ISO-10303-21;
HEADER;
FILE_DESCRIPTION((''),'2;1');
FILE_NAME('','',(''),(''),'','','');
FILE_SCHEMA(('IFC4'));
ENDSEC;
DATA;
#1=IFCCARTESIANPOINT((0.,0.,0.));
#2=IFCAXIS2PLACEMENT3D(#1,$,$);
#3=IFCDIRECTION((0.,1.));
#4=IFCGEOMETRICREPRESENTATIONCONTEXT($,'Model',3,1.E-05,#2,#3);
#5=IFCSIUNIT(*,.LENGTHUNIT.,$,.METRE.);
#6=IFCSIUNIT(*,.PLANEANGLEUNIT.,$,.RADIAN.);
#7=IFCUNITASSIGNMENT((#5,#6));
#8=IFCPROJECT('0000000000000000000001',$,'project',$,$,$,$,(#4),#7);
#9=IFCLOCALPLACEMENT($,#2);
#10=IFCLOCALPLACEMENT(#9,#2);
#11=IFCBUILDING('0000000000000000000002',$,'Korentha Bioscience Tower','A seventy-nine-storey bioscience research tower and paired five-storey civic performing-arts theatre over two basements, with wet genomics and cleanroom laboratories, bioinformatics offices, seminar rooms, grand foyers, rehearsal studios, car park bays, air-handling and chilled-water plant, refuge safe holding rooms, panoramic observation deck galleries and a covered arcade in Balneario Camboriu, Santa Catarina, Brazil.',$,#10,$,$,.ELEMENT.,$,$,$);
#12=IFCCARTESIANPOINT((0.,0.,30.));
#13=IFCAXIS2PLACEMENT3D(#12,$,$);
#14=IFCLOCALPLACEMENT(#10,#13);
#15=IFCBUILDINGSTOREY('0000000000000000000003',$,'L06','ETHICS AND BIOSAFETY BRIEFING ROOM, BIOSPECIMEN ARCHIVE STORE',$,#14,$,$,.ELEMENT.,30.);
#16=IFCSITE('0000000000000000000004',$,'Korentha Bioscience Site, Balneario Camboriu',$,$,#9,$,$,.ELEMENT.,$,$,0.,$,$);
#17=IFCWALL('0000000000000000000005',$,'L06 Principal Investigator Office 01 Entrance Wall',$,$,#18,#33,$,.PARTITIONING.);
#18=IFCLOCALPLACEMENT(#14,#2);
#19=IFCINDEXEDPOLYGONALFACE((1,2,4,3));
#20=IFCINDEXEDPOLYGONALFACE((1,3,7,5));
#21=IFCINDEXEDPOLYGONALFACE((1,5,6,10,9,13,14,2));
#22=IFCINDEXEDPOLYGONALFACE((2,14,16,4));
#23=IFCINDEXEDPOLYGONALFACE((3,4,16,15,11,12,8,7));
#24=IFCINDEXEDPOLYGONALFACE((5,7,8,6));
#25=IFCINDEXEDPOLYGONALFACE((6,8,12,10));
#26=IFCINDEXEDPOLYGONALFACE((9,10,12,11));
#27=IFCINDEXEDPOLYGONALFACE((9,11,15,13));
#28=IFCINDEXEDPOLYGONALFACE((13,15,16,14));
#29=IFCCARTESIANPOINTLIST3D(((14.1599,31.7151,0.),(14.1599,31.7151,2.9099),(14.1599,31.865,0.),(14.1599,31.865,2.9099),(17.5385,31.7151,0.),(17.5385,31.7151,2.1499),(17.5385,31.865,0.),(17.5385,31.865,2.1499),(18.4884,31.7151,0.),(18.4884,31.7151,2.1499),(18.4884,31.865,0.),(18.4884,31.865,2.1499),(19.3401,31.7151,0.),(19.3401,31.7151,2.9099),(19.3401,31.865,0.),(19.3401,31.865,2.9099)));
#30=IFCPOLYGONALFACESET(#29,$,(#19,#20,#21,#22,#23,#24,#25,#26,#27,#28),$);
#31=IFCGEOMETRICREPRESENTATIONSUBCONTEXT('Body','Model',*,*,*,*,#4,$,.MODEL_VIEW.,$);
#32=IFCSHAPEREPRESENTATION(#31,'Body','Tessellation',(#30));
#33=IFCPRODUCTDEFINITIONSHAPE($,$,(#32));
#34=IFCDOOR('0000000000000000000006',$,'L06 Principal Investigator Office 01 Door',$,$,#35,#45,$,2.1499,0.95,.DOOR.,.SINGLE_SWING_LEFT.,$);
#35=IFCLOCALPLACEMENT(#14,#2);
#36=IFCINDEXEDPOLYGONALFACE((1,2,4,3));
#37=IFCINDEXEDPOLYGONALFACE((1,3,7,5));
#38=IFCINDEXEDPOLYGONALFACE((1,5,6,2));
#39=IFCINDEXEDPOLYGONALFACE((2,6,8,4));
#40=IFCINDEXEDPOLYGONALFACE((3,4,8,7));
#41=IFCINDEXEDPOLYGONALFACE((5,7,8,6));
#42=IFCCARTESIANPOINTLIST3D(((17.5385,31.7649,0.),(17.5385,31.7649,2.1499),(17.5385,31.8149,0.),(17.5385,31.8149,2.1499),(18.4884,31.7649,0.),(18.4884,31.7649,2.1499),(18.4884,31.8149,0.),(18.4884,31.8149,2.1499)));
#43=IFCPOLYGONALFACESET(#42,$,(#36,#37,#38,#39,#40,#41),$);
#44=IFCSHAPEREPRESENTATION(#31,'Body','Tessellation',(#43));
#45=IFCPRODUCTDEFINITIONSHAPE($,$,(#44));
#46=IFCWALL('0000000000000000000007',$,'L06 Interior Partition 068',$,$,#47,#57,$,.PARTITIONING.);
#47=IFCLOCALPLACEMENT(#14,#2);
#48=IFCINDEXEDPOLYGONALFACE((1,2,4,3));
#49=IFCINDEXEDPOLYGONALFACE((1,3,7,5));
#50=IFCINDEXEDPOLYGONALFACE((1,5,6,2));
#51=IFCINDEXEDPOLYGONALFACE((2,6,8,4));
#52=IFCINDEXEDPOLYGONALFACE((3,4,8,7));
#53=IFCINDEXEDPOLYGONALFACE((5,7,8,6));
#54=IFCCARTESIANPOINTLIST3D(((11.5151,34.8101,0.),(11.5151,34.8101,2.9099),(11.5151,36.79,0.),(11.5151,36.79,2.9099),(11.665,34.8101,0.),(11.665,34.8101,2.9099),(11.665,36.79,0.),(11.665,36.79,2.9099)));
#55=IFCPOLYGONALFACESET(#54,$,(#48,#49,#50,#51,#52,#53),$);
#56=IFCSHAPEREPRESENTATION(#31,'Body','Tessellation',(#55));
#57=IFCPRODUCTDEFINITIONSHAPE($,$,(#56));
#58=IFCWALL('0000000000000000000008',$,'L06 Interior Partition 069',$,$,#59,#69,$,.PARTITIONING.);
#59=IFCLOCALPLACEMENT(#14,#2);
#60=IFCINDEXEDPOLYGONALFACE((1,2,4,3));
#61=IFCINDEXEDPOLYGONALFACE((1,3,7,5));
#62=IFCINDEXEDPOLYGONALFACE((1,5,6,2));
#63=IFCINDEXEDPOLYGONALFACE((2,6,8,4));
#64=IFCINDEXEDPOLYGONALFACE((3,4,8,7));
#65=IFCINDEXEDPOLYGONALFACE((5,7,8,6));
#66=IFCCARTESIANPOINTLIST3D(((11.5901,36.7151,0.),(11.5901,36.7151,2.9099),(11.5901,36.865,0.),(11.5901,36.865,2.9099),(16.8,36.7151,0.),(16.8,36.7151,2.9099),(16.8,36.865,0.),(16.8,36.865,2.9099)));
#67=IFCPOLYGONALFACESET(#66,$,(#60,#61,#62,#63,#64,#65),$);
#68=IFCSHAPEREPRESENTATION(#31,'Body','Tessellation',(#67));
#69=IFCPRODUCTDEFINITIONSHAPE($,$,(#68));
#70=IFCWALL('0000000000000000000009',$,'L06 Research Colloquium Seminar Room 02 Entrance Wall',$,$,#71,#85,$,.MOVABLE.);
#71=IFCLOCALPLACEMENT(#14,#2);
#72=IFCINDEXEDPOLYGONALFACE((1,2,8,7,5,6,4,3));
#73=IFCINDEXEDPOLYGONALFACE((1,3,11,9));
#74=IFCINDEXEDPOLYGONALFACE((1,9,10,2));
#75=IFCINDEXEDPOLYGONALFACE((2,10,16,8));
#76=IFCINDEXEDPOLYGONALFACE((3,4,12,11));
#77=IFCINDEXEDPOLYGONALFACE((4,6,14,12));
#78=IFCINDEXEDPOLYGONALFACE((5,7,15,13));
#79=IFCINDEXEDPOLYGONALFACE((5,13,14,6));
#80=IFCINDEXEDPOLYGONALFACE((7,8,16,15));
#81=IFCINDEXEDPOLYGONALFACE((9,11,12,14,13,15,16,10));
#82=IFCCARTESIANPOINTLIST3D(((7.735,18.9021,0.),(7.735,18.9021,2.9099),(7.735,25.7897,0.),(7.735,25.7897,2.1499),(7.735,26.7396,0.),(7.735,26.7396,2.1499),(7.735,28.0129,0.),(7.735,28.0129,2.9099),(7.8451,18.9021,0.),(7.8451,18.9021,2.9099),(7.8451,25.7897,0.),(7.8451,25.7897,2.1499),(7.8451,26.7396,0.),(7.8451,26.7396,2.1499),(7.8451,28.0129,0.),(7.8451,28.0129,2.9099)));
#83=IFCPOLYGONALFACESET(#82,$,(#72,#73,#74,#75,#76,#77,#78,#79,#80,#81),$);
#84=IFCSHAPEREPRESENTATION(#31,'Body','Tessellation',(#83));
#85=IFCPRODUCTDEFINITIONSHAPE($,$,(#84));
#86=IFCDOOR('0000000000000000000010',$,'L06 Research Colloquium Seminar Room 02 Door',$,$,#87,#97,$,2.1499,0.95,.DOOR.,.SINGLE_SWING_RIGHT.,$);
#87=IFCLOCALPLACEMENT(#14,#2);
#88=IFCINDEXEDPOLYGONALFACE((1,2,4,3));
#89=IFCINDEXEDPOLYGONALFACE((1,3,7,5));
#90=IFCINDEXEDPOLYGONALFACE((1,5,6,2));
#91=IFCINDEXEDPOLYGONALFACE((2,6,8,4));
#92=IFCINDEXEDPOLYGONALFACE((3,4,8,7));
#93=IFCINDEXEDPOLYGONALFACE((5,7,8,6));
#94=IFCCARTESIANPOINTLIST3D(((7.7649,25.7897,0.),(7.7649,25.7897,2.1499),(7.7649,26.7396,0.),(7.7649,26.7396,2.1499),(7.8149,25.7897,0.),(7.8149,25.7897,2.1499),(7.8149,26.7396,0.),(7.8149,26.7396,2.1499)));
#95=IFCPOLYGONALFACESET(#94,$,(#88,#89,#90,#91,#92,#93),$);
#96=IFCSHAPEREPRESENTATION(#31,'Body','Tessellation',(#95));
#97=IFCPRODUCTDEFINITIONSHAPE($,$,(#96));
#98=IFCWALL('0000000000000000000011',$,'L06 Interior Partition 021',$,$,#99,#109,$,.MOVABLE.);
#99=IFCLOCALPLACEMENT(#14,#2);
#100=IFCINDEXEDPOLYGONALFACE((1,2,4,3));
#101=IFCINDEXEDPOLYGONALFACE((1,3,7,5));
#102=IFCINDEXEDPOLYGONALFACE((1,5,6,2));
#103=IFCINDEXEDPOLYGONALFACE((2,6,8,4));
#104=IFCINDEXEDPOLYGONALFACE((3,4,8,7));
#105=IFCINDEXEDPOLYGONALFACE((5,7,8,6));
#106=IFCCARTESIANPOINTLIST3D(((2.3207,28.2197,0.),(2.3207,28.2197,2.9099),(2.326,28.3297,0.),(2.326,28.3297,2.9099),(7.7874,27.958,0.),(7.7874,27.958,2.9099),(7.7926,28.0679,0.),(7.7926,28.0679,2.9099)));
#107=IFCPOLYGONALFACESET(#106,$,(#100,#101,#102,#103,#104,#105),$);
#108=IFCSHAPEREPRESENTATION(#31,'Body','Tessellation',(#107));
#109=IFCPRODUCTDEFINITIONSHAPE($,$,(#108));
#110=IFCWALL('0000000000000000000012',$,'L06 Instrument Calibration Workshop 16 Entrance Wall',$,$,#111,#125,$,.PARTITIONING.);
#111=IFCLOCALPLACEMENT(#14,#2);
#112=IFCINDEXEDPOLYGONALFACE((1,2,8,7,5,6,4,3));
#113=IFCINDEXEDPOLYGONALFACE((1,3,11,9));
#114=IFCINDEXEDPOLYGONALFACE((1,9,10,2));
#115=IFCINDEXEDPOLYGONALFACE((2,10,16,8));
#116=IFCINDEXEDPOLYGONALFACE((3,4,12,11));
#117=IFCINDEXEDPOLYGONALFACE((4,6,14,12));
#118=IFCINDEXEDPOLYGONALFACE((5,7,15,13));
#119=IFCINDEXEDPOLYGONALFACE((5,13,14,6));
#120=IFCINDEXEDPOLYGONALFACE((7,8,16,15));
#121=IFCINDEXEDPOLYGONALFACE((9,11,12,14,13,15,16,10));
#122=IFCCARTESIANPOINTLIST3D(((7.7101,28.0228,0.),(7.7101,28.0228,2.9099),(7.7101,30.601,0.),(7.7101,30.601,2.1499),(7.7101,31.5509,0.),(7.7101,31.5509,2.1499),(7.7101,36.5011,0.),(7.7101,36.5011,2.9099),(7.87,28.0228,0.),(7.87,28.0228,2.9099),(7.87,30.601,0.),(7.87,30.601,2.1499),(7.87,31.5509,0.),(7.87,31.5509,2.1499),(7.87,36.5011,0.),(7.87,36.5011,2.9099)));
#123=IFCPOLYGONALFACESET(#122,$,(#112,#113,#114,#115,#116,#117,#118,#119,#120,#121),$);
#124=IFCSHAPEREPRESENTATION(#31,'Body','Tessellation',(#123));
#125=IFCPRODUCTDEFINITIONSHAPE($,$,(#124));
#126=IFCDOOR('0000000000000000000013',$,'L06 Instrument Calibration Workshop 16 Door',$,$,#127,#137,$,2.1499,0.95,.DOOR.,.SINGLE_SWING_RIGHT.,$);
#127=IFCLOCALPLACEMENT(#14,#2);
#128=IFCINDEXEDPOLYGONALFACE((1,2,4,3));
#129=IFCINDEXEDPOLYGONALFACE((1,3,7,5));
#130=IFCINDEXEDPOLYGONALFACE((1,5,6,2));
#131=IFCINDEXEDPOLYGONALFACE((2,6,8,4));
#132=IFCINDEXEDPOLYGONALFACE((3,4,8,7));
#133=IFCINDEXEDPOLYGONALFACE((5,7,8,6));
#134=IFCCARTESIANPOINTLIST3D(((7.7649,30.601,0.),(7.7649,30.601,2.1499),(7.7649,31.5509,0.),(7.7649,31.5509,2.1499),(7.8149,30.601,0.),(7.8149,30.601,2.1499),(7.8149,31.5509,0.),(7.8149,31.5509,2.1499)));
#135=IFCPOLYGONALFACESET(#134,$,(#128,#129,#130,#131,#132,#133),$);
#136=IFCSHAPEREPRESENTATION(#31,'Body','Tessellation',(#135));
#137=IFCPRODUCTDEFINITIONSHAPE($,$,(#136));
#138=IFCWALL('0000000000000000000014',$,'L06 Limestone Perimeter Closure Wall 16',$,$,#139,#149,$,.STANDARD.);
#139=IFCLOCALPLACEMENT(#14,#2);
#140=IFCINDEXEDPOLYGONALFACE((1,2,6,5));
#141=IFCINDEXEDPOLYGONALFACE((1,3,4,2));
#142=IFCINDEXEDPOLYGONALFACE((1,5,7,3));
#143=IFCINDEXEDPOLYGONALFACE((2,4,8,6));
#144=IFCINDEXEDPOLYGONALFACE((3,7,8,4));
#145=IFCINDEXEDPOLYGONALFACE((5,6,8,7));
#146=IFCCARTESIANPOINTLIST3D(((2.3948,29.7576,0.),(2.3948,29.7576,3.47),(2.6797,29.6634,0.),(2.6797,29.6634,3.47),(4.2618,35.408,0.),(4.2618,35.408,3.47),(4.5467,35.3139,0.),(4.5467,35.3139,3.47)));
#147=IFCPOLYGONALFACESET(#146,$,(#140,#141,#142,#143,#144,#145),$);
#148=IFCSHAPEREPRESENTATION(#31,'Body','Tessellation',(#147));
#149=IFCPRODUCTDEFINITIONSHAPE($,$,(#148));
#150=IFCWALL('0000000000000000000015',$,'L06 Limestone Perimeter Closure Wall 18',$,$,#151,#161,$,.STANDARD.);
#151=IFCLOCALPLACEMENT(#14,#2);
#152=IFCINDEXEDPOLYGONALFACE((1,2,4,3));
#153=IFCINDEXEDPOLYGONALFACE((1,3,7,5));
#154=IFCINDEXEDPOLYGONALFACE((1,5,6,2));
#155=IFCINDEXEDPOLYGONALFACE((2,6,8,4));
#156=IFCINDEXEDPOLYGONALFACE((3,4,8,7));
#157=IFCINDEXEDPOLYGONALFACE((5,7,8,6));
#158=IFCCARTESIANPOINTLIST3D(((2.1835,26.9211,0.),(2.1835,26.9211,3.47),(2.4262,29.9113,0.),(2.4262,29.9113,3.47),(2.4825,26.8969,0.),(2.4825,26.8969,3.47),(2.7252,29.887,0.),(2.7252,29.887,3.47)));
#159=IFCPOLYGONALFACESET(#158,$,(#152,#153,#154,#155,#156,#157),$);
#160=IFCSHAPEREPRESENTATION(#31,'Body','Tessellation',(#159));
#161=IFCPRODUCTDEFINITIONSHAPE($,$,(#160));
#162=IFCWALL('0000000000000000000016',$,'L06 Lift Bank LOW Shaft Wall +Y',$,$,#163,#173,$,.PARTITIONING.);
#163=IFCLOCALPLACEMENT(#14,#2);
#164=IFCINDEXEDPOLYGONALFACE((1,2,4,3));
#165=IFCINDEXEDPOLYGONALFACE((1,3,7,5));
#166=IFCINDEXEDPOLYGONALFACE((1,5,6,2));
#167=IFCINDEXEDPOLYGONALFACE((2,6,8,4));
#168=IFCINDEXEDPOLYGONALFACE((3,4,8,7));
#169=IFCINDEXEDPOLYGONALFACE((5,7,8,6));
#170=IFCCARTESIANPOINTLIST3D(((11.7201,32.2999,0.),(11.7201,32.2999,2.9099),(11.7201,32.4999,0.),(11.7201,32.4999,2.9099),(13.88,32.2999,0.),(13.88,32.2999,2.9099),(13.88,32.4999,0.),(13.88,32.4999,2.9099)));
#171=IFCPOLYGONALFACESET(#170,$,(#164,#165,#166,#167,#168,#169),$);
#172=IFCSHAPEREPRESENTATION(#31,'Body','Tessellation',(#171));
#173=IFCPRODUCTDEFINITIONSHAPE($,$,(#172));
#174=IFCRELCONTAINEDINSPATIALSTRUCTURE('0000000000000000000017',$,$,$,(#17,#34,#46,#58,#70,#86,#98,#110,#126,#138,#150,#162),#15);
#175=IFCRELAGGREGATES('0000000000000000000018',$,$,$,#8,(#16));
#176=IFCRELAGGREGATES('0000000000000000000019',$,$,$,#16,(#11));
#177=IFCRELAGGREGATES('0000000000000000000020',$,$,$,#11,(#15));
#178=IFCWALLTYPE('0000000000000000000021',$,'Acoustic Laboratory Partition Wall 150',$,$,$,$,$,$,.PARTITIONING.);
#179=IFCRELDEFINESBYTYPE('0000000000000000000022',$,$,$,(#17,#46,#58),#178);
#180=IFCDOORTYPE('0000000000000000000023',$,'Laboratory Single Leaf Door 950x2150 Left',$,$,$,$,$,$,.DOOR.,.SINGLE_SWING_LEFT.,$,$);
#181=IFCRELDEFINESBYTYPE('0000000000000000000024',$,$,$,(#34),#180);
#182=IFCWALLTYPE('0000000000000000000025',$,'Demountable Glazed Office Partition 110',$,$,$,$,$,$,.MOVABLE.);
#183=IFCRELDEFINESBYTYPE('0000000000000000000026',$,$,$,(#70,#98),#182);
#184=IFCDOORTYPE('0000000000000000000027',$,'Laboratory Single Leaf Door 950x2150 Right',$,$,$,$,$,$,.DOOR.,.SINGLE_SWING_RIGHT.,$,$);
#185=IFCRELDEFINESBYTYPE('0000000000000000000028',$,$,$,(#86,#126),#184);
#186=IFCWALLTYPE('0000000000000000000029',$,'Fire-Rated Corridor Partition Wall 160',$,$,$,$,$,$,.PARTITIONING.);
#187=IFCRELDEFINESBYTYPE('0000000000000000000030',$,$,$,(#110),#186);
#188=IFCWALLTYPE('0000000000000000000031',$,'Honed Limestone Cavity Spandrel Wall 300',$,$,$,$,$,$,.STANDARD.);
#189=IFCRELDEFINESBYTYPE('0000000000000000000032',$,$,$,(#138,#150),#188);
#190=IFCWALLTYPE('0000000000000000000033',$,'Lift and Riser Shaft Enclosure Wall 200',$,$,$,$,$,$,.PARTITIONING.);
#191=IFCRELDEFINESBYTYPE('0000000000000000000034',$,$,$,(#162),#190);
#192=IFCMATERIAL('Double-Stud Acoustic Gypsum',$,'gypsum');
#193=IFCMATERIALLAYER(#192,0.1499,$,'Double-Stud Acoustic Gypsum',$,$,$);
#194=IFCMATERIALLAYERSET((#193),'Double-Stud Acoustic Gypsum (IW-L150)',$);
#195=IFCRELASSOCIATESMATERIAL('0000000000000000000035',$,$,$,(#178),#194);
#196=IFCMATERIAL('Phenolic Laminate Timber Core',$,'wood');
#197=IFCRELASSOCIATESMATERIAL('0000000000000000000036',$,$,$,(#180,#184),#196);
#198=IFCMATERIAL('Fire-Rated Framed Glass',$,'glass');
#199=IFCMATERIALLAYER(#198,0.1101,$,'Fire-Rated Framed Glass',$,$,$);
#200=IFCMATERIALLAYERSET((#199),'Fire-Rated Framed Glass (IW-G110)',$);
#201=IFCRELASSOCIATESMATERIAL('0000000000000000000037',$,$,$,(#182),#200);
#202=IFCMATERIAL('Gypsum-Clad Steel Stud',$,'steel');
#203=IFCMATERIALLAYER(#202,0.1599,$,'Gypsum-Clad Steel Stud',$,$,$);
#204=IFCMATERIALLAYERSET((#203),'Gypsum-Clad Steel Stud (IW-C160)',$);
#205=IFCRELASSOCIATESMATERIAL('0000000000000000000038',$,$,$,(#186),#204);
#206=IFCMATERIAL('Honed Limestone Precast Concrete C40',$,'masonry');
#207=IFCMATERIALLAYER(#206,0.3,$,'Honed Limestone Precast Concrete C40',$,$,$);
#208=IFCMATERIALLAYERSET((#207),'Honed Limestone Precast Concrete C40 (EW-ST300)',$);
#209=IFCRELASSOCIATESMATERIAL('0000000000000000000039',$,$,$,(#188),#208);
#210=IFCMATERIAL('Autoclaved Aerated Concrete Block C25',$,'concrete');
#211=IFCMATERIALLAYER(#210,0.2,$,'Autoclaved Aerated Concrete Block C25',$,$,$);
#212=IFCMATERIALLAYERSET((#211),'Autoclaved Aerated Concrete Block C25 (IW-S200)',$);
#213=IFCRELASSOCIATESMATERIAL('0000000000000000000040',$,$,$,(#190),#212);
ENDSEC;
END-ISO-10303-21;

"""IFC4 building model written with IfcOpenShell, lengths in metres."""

from ifc_helpers import new_model, si_unit, direction, frame, frame_2d, origin, place, context, subcontext, project, spatial, rectangle, extrude, material, layer, layer_set, type_object, element, fill, save


model = new_model("IFC4")

# Units and contexts
model_context = context("Model", 3, precision=1e-05, world=origin(), true_north=direction((0.0, 1.0)))
body_context = subcontext(model_context, "Body", "Model", "MODEL_VIEW")
ifc_project = project(units=[si_unit("LENGTHUNIT", "METRE"), si_unit("PLANEANGLEUNIT", "RADIAN")], contexts=[model_context])

# Site, building, storey
site_placement = place(None, origin())
site = spatial("IfcSite", under=ifc_project, at=site_placement, Name="Korentha Bioscience Site, Balneario Camboriu", CompositionType="ELEMENT", RefElevation=0.0)
building_placement = place(site_placement, origin())
building = spatial("IfcBuilding", under=site, at=building_placement, Name="Korentha Bioscience Tower", Description="A seventy-nine-storey bioscience research tower and paired five-storey civic performing-arts theatre over two basements, with wet genomics and cleanroom laboratories, bioinformatics offices, seminar rooms, grand foyers, rehearsal studios, car park bays, air-handling and chilled-water plant, refuge safe holding rooms, panoramic observation deck galleries and a covered arcade in Balneario Camboriu, Santa Catarina, Brazil.", CompositionType="ELEMENT")
storey_placement = place(building_placement, frame((0.0, 0.0, 30.0)))
storey = spatial("IfcBuildingStorey", under=building, at=storey_placement, Name="L06", Description="ETHICS AND BIOSAFETY BRIEFING ROOM, BIOSPECIMEN ARCHIVE STORE", CompositionType="ELEMENT", Elevation=30.0)

# Wall, opening, door
ifc_material_1 = material(Name="Double-Stud Acoustic Gypsum", Category="gypsum")
ifc_layer_1 = layer(ifc_material_1, 0.1499, Name="Double-Stud Acoustic Gypsum")
ifc_layer_set_1 = layer_set([ifc_layer_1], Name="Double-Stud Acoustic Gypsum (IW-L150)")
wall_type_1 = type_object("IfcWallType", Name="Acoustic Laboratory Partition Wall 150", PredefinedType="PARTITIONING", material=ifc_layer_set_1)
wall_1_placement = place(storey_placement, frame((14.1599, 31.79, 0.0), z_axis=(0.0, 0.0, 1.0), x_axis=(1.0, 0.0, 0.0)))
wall_1 = element("IfcWall", 1, at=wall_1_placement, inside=storey, type_object=wall_type_1, Name="L06 Principal Investigator Office 01 Entrance Wall", PredefinedType="PARTITIONING", context=body_context, shape_type="SweptSolid", body=[
    extrude(rectangle(XDim=5.1802, YDim=0.1499, at=frame_2d((2.5901, 0.0))), origin(), (0.0, 0.0, 1.0), 2.9099),
])
opening_1_placement = place(wall_1_placement, frame((3.3784, 0.0, 0.0)))
opening_1 = element("IfcOpeningElement", 2, at=opening_1_placement, cuts=wall_1, PredefinedType="OPENING", context=body_context, shape_type="SweptSolid", body=[
    extrude(rectangle(XDim=0.95, YDim=2.1499, at=frame_2d((0.4751, 1.075))), frame((0.0, 0.0898, 0.0), z_axis=(0.0, -1.0, 0.0), x_axis=(1.0, 0.0, 0.0)), (0.0, 0.0, 1.0), 0.1797),
])
ifc_material_2 = material(Name="Phenolic Laminate Timber Core", Category="wood")
door_type_1 = type_object("IfcDoorType", Name="Laboratory Single Leaf Door 950x2150 Left", OperationType="SINGLE_SWING_LEFT", PredefinedType="DOOR", material=ifc_material_2)
door_1_placement = place(opening_1_placement, origin())
door_1 = element("IfcDoor", 3, at=door_1_placement, inside=storey, type_object=door_type_1, Name="L06 Principal Investigator Office 01 Door", OperationType="SINGLE_SWING_LEFT", OverallHeight=2.1499, OverallWidth=0.95, PredefinedType="DOOR", context=body_context, shape_type="SweptSolid", body=[
    extrude(rectangle(XDim=0.95, YDim=2.1499, at=frame_2d((0.4751, 1.075))), frame((0.0, 0.0249, 0.0), z_axis=(0.0, -1.0, 0.0), x_axis=(1.0, 0.0, 0.0)), (0.0, 0.0, 1.0), 0.05),
])
fill(opening_1, door_1)

# Walls
wall_2_placement = place(storey_placement, frame((11.5901, 34.8101, 0.0), z_axis=(0.0, 0.0, 1.0), x_axis=(0.0, 1.0, 0.0)))
element("IfcWall", 4, at=wall_2_placement, inside=storey, type_object=wall_type_1, Name="L06 Interior Partition 068", PredefinedType="PARTITIONING", context=body_context, shape_type="SweptSolid", body=[
    extrude(rectangle(XDim=1.98, YDim=0.1499, at=frame_2d((0.99, 0.0))), origin(), (0.0, 0.0, 1.0), 2.9099),
])
wall_3_placement = place(storey_placement, frame((11.5901, 36.79, 0.0), z_axis=(0.0, 0.0, 1.0), x_axis=(1.0, 0.0, 0.0)))
element("IfcWall", 5, at=wall_3_placement, inside=storey, type_object=wall_type_1, Name="L06 Interior Partition 069", PredefinedType="PARTITIONING", context=body_context, shape_type="SweptSolid", body=[
    extrude(rectangle(XDim=5.21, YDim=0.1499, at=frame_2d((2.605, 0.0))), origin(), (0.0, 0.0, 1.0), 2.9099),
])

# Wall, opening, door
ifc_material_3 = material(Name="Fire-Rated Framed Glass", Category="glass")
ifc_layer_2 = layer(ifc_material_3, 0.1101, Name="Fire-Rated Framed Glass")
ifc_layer_set_2 = layer_set([ifc_layer_2], Name="Fire-Rated Framed Glass (IW-G110)")
wall_type_2 = type_object("IfcWallType", Name="Demountable Glazed Office Partition 110", PredefinedType="MOVABLE", material=ifc_layer_set_2)
wall_4_placement = place(storey_placement, frame((7.79, 28.0129, 0.0), z_axis=(0.0, 0.0, 1.0), x_axis=(0.0, -1.0, 0.0)))
wall_4 = element("IfcWall", 6, at=wall_4_placement, inside=storey, type_object=wall_type_2, Name="L06 Research Colloquium Seminar Room 02 Entrance Wall", PredefinedType="MOVABLE", context=body_context, shape_type="SweptSolid", body=[
    extrude(rectangle(XDim=9.1108, YDim=0.1101, at=frame_2d((4.5554, 0.0))), origin(), (0.0, 0.0, 1.0), 2.9099),
])
opening_2_placement = place(wall_4_placement, frame((1.2732, 0.0, 0.0)))
opening_2 = element("IfcOpeningElement", 7, at=opening_2_placement, cuts=wall_4, PredefinedType="OPENING", context=body_context, shape_type="SweptSolid", body=[
    extrude(rectangle(XDim=0.95, YDim=2.1499, at=frame_2d((0.4751, 1.075))), frame((0.0, 0.0698, 0.0), z_axis=(0.0, -1.0, 0.0), x_axis=(1.0, 0.0, 0.0)), (0.0, 0.0, 1.0), 0.1399),
])
door_type_2 = type_object("IfcDoorType", Name="Laboratory Single Leaf Door 950x2150 Right", OperationType="SINGLE_SWING_RIGHT", PredefinedType="DOOR", material=ifc_material_2)
door_2_placement = place(opening_2_placement, origin())
door_2 = element("IfcDoor", 8, at=door_2_placement, inside=storey, type_object=door_type_2, Name="L06 Research Colloquium Seminar Room 02 Door", OperationType="SINGLE_SWING_RIGHT", OverallHeight=2.1499, OverallWidth=0.95, PredefinedType="DOOR", context=body_context, shape_type="SweptSolid", body=[
    extrude(rectangle(XDim=0.95, YDim=2.1499, at=frame_2d((0.4751, 1.075))), frame((0.0, 0.0249, 0.0), z_axis=(0.0, -1.0, 0.0), x_axis=(1.0, 0.0, 0.0)), (0.0, 0.0, 1.0), 0.05),
])
fill(opening_2, door_2)

# Wall
wall_5_placement = place(storey_placement, frame((2.3235, 28.2747, 0.0), z_axis=(0.0, 0.0, 1.0), x_axis=(0.998856, -0.047822, 0.0)))
element("IfcWall", 9, at=wall_5_placement, inside=storey, type_object=wall_type_2, Name="L06 Interior Partition 021", PredefinedType="MOVABLE", context=body_context, shape_type="SweptSolid", body=[
    extrude(rectangle(XDim=5.4729, YDim=0.1101, at=frame_2d((2.7363, 0.0))), origin(), (0.0, 0.0, 1.0), 2.9099),
])

# Wall, opening, door
ifc_material_4 = material(Name="Gypsum-Clad Steel Stud", Category="steel")
ifc_layer_3 = layer(ifc_material_4, 0.1599, Name="Gypsum-Clad Steel Stud")
ifc_layer_set_3 = layer_set([ifc_layer_3], Name="Gypsum-Clad Steel Stud (IW-C160)")
wall_type_3 = type_object("IfcWallType", Name="Fire-Rated Corridor Partition Wall 160", PredefinedType="PARTITIONING", material=ifc_layer_set_3)
wall_6_placement = place(storey_placement, frame((7.79, 36.5012, 0.0), z_axis=(0.0, 0.0, 1.0), x_axis=(0.0, -1.0, 0.0)))
wall_6 = element("IfcWall", 10, at=wall_6_placement, inside=storey, type_object=wall_type_3, Name="L06 Instrument Calibration Workshop 16 Entrance Wall", PredefinedType="PARTITIONING", context=body_context, shape_type="SweptSolid", body=[
    extrude(rectangle(XDim=8.4783, YDim=0.1599, at=frame_2d((4.2393, 0.0))), origin(), (0.0, 0.0, 1.0), 2.9099),
])
opening_3_placement = place(wall_6_placement, frame((4.9502, 0.0, 0.0)))
opening_3 = element("IfcOpeningElement", 11, at=opening_3_placement, cuts=wall_6, PredefinedType="OPENING", context=body_context, shape_type="SweptSolid", body=[
    extrude(rectangle(XDim=0.95, YDim=2.1499, at=frame_2d((0.4751, 1.075))), frame((0.0, 0.0947, 0.0), z_axis=(0.0, -1.0, 0.0), x_axis=(1.0, 0.0, 0.0)), (0.0, 0.0, 1.0), 0.1897),
])
door_3_placement = place(opening_3_placement, origin())
door_3 = element("IfcDoor", 12, at=door_3_placement, inside=storey, type_object=door_type_2, Name="L06 Instrument Calibration Workshop 16 Door", OperationType="SINGLE_SWING_RIGHT", OverallHeight=2.1499, OverallWidth=0.95, PredefinedType="DOOR", context=body_context, shape_type="SweptSolid", body=[
    extrude(rectangle(XDim=0.95, YDim=2.1499, at=frame_2d((0.4751, 1.075))), frame((0.0, 0.0249, 0.0), z_axis=(0.0, -1.0, 0.0), x_axis=(1.0, 0.0, 0.0)), (0.0, 0.0, 1.0), 0.05),
])
fill(opening_3, door_3)

# Walls
ifc_material_5 = material(Name="Honed Limestone Precast Concrete C40", Category="masonry")
ifc_layer_4 = layer(ifc_material_5, 0.3, Name="Honed Limestone Precast Concrete C40")
ifc_layer_set_4 = layer_set([ifc_layer_4], Name="Honed Limestone Precast Concrete C40 (EW-ST300)")
wall_type_4 = type_object("IfcWallType", Name="Honed Limestone Cavity Spandrel Wall 300", PredefinedType="STANDARD", material=ifc_layer_set_4)
wall_7_placement = place(storey_placement, frame((4.4043, 35.3611, 0.0), z_axis=(0.0, 0.0, 1.0), x_axis=(-0.313728, -0.949513, 0.0)))
element("IfcWall", 13, at=wall_7_placement, inside=storey, type_object=wall_type_4, Name="L06 Limestone Perimeter Closure Wall 16", PredefinedType="STANDARD", context=body_context, shape_type="SweptSolid", body=[
    extrude(rectangle(XDim=5.9509, YDim=0.3, at=frame_2d((2.9756, 0.0))), origin(), (0.0, 0.0, 1.0), 3.47),
])
wall_8_placement = place(storey_placement, frame((2.5757, 29.8992, 0.0), z_axis=(0.0, 0.0, 1.0), x_axis=(-0.08089, -0.996723, 0.0)))
element("IfcWall", 14, at=wall_8_placement, inside=storey, type_object=wall_type_4, Name="L06 Limestone Perimeter Closure Wall 18", PredefinedType="STANDARD", context=body_context, shape_type="SweptSolid", body=[
    extrude(rectangle(XDim=3.0, YDim=0.3, at=frame_2d((1.5, 0.0))), origin(), (0.0, 0.0, 1.0), 3.47),
])
ifc_material_6 = material(Name="Autoclaved Aerated Concrete Block C25", Category="concrete")
ifc_layer_5 = layer(ifc_material_6, 0.2, Name="Autoclaved Aerated Concrete Block C25")
ifc_layer_set_5 = layer_set([ifc_layer_5], Name="Autoclaved Aerated Concrete Block C25 (IW-S200)")
wall_type_5 = type_object("IfcWallType", Name="Lift and Riser Shaft Enclosure Wall 200", PredefinedType="PARTITIONING", material=ifc_layer_set_5)
wall_9_placement = place(storey_placement, frame((11.72, 32.3999, 0.0), z_axis=(0.0, 0.0, 1.0), x_axis=(1.0, 0.0, 0.0)))
element("IfcWall", 15, at=wall_9_placement, inside=storey, type_object=wall_type_5, Name="L06 Lift Bank LOW Shaft Wall +Y", PredefinedType="PARTITIONING", context=body_context, shape_type="SweptSolid", body=[
    extrude(rectangle(XDim=2.1599, YDim=0.2, at=frame_2d((1.0801, 0.0))), origin(), (0.0, 0.0, 1.0), 2.9099),
])

save(model, "model.ifc")
